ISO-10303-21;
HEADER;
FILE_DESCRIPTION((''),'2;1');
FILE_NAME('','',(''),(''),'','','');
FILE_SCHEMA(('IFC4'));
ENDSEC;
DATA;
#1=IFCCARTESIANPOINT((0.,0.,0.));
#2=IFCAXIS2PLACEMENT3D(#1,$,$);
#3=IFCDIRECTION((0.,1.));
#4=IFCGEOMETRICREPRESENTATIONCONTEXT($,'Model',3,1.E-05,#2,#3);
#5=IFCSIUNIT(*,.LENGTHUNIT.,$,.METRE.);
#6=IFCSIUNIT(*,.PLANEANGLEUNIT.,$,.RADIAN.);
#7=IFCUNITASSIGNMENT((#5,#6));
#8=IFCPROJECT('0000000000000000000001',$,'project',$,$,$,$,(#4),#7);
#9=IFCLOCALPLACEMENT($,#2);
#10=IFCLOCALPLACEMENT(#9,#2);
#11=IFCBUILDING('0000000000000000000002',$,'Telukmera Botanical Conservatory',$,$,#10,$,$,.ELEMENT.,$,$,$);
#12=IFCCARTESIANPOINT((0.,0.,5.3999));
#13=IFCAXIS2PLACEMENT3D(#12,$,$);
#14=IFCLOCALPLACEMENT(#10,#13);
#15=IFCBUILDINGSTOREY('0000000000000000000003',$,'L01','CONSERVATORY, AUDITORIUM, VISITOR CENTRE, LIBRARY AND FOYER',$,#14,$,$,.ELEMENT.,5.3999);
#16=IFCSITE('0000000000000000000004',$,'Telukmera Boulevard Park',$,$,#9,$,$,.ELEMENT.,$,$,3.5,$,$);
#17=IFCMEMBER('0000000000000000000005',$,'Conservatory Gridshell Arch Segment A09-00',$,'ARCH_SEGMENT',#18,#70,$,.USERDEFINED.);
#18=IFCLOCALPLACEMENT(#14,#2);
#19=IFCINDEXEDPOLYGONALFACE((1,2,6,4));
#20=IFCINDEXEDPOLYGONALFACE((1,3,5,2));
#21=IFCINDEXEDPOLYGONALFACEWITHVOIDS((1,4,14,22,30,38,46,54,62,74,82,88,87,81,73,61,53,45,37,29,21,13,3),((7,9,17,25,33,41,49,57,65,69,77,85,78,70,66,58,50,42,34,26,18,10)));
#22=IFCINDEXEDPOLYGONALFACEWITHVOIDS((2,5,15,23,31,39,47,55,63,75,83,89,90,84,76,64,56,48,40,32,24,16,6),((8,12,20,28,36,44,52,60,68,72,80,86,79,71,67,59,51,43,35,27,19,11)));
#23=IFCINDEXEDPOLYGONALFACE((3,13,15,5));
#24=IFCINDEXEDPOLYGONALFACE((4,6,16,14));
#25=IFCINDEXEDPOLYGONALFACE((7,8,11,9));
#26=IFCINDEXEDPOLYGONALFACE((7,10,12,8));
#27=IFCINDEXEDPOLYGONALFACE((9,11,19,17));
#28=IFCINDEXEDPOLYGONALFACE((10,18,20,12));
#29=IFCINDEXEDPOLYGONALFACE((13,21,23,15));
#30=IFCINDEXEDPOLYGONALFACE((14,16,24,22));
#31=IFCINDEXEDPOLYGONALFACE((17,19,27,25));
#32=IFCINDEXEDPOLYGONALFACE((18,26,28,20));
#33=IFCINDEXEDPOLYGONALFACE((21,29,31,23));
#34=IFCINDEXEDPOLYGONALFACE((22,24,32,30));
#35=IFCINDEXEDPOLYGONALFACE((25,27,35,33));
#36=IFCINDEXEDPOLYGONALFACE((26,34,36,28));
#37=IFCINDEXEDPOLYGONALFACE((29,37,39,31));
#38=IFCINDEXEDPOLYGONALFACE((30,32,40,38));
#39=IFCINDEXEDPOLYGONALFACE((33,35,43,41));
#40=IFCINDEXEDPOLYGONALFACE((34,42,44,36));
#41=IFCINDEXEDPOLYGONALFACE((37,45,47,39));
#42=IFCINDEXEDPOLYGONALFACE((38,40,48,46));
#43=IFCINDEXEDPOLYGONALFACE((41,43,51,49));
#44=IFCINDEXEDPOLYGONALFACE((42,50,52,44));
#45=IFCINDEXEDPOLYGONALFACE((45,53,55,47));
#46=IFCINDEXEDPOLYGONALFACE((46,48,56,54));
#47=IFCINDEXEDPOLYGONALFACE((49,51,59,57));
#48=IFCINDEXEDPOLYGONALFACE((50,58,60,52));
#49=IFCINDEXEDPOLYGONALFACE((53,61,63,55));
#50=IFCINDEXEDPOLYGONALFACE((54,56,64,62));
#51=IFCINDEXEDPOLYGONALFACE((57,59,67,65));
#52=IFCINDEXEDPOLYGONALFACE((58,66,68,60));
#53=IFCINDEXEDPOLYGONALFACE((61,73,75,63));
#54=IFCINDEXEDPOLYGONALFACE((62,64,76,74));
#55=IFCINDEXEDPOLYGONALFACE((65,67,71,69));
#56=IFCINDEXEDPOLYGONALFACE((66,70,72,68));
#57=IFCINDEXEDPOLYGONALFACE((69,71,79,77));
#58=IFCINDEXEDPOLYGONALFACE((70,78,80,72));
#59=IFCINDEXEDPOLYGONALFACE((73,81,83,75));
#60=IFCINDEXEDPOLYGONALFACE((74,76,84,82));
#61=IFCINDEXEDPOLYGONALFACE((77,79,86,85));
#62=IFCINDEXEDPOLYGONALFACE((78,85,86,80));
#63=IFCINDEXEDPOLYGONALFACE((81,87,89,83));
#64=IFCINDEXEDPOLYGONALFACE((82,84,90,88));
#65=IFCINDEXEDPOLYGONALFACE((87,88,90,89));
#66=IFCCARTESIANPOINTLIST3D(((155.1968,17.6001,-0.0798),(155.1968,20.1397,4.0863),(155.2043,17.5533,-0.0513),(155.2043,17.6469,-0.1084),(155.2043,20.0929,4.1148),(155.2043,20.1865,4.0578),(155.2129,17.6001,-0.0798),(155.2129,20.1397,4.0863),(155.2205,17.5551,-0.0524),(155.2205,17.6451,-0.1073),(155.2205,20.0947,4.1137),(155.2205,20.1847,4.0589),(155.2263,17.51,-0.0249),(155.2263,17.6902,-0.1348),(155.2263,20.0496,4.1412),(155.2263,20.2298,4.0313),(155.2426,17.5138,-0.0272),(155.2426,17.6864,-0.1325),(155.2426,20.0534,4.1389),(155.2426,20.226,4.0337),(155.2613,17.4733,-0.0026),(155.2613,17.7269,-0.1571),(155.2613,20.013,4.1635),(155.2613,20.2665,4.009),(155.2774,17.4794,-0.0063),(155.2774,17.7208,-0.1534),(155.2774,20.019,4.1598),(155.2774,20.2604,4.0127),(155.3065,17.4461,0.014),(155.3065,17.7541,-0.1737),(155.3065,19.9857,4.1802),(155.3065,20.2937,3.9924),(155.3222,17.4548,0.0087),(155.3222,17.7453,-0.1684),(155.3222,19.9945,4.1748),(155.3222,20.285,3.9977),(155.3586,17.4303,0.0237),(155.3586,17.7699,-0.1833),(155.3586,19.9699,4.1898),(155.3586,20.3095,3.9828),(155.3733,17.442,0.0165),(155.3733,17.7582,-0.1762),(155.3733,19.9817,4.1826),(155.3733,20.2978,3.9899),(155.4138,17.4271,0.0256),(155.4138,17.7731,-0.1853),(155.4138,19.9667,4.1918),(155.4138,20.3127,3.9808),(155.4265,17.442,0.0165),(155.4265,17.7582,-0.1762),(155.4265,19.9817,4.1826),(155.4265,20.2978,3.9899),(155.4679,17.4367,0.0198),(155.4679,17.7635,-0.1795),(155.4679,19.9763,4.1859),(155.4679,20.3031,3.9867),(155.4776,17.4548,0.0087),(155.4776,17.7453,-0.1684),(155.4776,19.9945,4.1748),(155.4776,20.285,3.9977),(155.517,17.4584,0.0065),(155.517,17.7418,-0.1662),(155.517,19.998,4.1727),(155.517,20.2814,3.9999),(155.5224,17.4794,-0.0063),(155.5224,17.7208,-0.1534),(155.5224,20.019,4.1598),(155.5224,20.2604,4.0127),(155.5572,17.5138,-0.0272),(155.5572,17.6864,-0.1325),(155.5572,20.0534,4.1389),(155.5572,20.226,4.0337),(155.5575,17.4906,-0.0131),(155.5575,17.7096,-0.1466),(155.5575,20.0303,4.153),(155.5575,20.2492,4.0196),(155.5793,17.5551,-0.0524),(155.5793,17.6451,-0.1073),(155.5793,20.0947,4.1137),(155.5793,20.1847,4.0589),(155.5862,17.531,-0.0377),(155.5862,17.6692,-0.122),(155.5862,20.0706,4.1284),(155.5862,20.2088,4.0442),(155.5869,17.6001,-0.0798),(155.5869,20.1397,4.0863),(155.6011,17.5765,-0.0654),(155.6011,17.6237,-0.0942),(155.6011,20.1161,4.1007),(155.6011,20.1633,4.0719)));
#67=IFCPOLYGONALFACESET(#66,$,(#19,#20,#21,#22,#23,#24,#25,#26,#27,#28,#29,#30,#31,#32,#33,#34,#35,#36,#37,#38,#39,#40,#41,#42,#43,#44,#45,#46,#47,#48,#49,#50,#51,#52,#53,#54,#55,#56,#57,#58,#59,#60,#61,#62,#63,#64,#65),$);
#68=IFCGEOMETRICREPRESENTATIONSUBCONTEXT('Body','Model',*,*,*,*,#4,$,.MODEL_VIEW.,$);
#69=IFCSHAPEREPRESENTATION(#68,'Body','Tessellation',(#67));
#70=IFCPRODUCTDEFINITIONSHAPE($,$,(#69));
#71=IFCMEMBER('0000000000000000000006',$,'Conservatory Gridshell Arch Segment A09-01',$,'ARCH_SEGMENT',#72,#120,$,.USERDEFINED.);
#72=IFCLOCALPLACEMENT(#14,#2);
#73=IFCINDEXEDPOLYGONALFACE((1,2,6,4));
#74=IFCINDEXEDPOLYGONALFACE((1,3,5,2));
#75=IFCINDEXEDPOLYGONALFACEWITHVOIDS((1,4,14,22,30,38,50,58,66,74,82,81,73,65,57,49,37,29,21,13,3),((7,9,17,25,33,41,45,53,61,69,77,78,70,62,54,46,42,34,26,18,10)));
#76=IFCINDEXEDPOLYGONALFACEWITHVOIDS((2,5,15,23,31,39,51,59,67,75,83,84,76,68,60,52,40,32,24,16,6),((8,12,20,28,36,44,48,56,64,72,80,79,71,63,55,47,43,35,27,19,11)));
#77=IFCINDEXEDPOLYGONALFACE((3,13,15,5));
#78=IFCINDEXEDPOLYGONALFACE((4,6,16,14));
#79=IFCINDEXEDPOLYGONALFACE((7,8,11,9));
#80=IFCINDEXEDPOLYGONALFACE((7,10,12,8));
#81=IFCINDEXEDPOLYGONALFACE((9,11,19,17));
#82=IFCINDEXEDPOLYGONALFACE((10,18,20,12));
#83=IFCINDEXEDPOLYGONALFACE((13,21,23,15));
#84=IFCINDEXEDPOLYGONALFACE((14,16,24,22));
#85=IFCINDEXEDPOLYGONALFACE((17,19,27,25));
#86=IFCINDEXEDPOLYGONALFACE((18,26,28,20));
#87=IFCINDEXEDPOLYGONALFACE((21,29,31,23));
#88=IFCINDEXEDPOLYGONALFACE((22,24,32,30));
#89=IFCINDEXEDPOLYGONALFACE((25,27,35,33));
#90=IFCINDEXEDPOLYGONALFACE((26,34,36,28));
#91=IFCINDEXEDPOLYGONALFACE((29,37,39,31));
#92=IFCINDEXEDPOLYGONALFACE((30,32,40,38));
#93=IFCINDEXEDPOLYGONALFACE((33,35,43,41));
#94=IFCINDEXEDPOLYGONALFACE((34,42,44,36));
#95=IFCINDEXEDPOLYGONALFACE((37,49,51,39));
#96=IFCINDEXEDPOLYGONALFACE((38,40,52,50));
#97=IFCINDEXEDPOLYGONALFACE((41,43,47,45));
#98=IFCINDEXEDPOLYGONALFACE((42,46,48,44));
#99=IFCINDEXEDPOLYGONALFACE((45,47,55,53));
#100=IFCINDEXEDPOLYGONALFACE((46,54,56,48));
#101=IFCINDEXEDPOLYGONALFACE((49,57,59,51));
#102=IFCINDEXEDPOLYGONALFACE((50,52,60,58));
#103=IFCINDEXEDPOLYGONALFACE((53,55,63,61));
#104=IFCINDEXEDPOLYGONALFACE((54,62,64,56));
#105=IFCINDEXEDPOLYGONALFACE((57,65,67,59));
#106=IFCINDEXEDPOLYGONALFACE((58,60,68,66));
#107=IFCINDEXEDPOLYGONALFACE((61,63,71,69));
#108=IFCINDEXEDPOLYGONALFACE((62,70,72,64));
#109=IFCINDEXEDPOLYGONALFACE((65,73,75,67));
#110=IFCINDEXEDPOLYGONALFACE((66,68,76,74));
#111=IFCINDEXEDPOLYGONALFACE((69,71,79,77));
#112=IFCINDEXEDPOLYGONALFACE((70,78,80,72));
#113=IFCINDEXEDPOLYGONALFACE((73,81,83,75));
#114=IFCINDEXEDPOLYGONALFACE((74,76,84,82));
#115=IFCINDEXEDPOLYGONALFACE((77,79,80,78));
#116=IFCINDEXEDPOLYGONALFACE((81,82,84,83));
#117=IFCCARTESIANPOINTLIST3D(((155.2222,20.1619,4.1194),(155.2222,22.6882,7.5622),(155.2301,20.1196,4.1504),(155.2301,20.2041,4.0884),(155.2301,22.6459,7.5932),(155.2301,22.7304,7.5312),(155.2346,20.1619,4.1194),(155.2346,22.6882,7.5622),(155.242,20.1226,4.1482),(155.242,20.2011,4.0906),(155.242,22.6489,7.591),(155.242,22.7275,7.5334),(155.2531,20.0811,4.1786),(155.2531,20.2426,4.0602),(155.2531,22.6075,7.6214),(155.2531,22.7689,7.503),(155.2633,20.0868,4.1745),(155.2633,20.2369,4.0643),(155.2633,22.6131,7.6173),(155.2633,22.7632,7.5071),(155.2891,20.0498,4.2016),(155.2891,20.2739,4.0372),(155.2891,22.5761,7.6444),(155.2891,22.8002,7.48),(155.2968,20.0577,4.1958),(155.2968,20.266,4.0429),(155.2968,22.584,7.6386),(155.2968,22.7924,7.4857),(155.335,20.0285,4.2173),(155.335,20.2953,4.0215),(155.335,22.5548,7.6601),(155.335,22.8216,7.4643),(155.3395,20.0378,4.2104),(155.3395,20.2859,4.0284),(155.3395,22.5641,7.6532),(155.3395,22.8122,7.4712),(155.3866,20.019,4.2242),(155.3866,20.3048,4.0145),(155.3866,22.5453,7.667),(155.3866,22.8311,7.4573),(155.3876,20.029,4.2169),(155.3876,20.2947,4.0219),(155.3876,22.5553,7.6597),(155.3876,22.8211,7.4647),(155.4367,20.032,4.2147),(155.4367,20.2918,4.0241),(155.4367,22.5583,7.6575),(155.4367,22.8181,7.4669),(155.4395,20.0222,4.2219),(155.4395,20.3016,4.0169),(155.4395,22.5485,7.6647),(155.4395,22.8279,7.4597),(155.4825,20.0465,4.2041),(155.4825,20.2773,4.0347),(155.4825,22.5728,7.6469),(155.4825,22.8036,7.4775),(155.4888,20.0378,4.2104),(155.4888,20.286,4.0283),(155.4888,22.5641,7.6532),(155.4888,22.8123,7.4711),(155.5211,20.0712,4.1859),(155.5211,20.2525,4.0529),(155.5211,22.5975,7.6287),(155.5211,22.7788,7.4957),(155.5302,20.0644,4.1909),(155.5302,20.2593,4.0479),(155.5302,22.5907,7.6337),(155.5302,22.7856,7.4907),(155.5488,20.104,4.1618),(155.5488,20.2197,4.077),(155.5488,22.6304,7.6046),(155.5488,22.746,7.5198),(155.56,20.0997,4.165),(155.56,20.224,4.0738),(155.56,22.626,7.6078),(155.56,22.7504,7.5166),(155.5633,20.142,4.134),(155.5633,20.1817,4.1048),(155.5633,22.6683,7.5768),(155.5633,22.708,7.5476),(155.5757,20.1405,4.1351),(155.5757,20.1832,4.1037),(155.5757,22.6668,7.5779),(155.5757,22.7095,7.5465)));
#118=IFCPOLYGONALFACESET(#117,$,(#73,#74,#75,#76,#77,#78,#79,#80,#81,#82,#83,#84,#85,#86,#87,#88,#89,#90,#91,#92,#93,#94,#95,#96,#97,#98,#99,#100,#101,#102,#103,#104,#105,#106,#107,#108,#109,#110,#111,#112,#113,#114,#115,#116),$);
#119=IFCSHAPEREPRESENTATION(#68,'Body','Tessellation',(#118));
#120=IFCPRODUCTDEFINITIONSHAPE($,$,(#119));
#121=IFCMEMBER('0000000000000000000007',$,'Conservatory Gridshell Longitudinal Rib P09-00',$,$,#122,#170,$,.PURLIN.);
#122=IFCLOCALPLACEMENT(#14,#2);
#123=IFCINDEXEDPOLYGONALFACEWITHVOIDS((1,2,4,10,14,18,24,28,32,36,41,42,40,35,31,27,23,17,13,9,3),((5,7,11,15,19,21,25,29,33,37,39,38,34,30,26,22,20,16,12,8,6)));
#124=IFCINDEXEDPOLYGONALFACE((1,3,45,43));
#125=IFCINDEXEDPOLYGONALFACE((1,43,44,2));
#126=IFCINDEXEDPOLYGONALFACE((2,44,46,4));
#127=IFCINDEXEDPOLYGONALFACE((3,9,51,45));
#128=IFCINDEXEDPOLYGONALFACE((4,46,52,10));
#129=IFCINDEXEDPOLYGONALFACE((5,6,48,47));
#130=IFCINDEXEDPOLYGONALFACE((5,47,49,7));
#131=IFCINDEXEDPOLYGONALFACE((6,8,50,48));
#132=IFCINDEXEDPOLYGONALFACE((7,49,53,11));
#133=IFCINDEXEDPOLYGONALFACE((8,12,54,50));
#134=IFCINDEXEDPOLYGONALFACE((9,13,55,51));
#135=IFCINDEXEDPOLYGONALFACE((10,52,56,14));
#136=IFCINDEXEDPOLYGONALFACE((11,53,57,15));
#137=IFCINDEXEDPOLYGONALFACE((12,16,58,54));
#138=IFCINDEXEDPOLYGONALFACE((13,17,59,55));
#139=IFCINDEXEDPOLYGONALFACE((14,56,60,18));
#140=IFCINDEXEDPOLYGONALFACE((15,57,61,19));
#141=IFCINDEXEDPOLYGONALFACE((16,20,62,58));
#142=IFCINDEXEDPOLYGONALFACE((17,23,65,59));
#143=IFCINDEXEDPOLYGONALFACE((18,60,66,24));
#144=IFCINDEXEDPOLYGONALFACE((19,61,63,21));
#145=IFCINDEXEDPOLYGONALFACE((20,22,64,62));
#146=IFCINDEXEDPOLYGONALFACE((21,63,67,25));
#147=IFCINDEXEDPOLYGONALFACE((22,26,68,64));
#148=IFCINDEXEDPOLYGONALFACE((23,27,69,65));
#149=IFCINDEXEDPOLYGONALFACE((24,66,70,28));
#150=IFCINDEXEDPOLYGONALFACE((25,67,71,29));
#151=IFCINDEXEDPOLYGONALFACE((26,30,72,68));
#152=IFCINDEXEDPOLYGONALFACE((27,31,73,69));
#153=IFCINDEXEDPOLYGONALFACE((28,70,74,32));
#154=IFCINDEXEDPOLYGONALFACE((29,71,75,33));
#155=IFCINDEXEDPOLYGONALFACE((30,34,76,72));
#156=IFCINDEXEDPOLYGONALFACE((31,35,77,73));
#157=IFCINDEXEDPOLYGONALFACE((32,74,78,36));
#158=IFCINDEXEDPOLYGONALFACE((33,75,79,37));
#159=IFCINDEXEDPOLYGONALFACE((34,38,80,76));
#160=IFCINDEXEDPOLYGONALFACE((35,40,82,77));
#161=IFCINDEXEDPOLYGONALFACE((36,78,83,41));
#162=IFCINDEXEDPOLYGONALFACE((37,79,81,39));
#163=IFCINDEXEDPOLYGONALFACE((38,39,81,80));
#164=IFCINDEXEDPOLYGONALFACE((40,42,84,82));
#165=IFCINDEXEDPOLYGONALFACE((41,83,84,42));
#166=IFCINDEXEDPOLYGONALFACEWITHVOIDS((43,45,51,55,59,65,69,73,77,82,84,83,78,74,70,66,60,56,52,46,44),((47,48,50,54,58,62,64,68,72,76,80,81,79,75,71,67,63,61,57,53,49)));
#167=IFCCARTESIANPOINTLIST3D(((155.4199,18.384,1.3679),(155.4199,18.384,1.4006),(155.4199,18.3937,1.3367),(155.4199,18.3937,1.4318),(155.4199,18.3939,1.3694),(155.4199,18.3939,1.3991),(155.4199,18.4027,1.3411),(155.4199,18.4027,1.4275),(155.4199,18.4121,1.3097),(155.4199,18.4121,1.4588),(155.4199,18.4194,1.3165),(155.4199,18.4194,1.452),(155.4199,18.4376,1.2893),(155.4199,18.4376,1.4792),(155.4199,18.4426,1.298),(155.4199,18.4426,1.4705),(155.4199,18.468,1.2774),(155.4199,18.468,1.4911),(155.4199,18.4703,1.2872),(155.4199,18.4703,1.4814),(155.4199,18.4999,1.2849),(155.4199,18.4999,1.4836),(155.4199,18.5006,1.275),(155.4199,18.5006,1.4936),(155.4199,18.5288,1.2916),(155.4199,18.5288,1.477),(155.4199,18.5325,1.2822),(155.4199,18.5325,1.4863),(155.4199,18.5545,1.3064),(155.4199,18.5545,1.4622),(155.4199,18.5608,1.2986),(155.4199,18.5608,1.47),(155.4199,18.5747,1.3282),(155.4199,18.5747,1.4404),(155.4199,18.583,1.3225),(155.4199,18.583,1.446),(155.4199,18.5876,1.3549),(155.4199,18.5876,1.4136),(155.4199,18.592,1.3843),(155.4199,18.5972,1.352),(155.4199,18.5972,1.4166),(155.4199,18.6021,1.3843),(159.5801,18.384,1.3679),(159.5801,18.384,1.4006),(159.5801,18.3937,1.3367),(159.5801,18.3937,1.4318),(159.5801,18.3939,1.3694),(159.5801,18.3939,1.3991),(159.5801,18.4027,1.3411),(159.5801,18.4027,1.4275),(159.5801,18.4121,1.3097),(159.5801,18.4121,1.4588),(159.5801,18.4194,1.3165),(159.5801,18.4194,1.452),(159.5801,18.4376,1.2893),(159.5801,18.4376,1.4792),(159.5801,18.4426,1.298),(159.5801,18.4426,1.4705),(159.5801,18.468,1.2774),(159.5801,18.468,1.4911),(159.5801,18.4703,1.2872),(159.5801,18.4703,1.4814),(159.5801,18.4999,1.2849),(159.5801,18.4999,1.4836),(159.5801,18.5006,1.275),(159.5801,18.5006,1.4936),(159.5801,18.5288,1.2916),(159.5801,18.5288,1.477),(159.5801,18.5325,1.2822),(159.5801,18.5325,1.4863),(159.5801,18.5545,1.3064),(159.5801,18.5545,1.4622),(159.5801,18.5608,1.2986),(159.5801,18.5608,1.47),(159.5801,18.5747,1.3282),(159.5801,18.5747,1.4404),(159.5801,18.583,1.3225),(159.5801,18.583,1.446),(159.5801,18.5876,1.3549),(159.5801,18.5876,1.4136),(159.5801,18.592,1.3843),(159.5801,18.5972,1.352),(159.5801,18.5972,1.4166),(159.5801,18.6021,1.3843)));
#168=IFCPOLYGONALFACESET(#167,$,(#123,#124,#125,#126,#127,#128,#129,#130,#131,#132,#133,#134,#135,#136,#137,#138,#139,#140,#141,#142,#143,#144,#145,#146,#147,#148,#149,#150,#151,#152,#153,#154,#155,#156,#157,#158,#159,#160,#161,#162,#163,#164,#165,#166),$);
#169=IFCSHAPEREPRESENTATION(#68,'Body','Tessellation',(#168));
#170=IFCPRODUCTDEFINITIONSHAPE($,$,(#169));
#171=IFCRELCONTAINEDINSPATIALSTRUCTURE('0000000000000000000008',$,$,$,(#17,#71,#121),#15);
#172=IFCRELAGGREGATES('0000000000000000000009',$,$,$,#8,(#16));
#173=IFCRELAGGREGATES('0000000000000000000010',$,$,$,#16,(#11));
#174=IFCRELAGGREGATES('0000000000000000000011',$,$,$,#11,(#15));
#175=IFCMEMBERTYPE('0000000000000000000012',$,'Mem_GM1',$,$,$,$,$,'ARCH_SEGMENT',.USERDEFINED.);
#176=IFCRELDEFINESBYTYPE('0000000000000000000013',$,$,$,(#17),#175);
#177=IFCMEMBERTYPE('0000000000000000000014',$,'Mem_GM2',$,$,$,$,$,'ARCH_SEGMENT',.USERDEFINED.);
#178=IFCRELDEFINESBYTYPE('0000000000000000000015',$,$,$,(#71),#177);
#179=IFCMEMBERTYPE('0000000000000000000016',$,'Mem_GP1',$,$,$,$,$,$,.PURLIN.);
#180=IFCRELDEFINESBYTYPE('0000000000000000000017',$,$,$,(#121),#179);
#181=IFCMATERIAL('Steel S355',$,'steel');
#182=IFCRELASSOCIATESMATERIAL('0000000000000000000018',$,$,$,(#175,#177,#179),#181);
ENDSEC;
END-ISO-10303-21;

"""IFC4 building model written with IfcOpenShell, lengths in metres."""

from ifc_helpers import new_model, si_unit, direction, frame, origin, origin_2d, place, context, subcontext, project, spatial, hollow_circle, extrude, material, material_profile, profile_set, type_object, element, save


model = new_model("IFC4")

# Units and contexts
model_context = context("Model", 3, precision=1e-05, world=origin(), true_north=direction((0.0, 1.0)))
body_context = subcontext(model_context, "Body", "Model", "MODEL_VIEW")
ifc_project = project(units=[si_unit("LENGTHUNIT", "METRE"), si_unit("PLANEANGLEUNIT", "RADIAN")], contexts=[model_context])

# Site, building, storey
site_placement = place(None, origin())
site = spatial("IfcSite", under=ifc_project, at=site_placement, Name="Telukmera Boulevard Park", CompositionType="ELEMENT", RefElevation=3.5)
building_placement = place(site_placement, origin())
building = spatial("IfcBuilding", under=site, at=building_placement, Name="Telukmera Botanical Conservatory", CompositionType="ELEMENT")
storey_placement = place(building_placement, frame((0.0, 0.0, 5.3999)))
storey = spatial("IfcBuildingStorey", under=building, at=storey_placement, Name="L01", Description="CONSERVATORY, AUDITORIUM, VISITOR CENTRE, LIBRARY AND FOYER", CompositionType="ELEMENT", Elevation=5.3999)

# Shared definitions
ifc_material_1 = material(Name="Steel S355", Category="steel")

# Members
ifc_material_profile_1 = material_profile(ifc_material_1, hollow_circle(Radius=0.2031, WallThickness=0.0161, at=origin_2d()), Name="CHS 406.4x16.0")
ifc_profile_set_1 = profile_set([ifc_material_profile_1], Name="Steel S355")
member_type_1 = type_object("IfcMemberType", Name="Mem_GM1", ElementType="ARCH_SEGMENT", PredefinedType="USERDEFINED", material=ifc_profile_set_1)
member_1_placement = place(storey_placement, frame((155.3999, 17.6001, -0.0798), z_axis=(0.0, 0.520502, 0.85386), x_axis=(-1.0, 0.0, 0.0)))
element("IfcMember", 1, at=member_1_placement, inside=storey, type_object=member_type_1, Name="Conservatory Gridshell Arch Segment A09-00", ObjectType="ARCH_SEGMENT", PredefinedType="USERDEFINED", context=body_context, shape_type="SweptSolid", body=[
    extrude(hollow_circle(Radius=0.2031, WallThickness=0.0161, at=origin_2d()), origin(), (0.0, 0.0, 1.0), 4.8792),
])
ifc_material_profile_2 = material_profile(ifc_material_1, hollow_circle(Radius=0.1777, WallThickness=0.0125, at=origin_2d()), Name="CHS 355.6x12.5")
ifc_profile_set_2 = profile_set([ifc_material_profile_2], Name="Steel S355")
member_type_2 = type_object("IfcMemberType", Name="Mem_GM2", ElementType="ARCH_SEGMENT", PredefinedType="USERDEFINED", material=ifc_profile_set_2)
member_2_placement = place(storey_placement, frame((155.3999, 20.1619, 4.1194), z_axis=(0.0, 0.591607, 0.806227), x_axis=(-1.0, 0.0, 0.0)))
element("IfcMember", 2, at=member_2_placement, inside=storey, type_object=member_type_2, Name="Conservatory Gridshell Arch Segment A09-01", ObjectType="ARCH_SEGMENT", PredefinedType="USERDEFINED", context=body_context, shape_type="SweptSolid", body=[
    extrude(hollow_circle(Radius=0.1777, WallThickness=0.0125, at=origin_2d()), origin(), (0.0, 0.0, 1.0), 4.2703),
])
ifc_material_profile_3 = material_profile(ifc_material_1, hollow_circle(Radius=0.1096, WallThickness=0.01, at=origin_2d()), Name="CHS 219.1x10.0")
ifc_profile_set_3 = profile_set([ifc_material_profile_3], Name="Steel S355")
member_type_3 = type_object("IfcMemberType", Name="Mem_GP1", PredefinedType="PURLIN", material=ifc_profile_set_3)
member_3_placement = place(storey_placement, frame((155.4199, 18.4924, 1.3843), z_axis=(1.0, 0.0, 0.0), x_axis=(0.0, 1.0, 0.0)))
element("IfcMember", 3, at=member_3_placement, inside=storey, type_object=member_type_3, Name="Conservatory Gridshell Longitudinal Rib P09-00", PredefinedType="PURLIN", context=body_context, shape_type="SweptSolid", body=[
    extrude(hollow_circle(Radius=0.1096, WallThickness=0.01, at=origin_2d()), origin(), (0.0, 0.0, 1.0), 4.1602),
])

save(model, "model.ifc")
